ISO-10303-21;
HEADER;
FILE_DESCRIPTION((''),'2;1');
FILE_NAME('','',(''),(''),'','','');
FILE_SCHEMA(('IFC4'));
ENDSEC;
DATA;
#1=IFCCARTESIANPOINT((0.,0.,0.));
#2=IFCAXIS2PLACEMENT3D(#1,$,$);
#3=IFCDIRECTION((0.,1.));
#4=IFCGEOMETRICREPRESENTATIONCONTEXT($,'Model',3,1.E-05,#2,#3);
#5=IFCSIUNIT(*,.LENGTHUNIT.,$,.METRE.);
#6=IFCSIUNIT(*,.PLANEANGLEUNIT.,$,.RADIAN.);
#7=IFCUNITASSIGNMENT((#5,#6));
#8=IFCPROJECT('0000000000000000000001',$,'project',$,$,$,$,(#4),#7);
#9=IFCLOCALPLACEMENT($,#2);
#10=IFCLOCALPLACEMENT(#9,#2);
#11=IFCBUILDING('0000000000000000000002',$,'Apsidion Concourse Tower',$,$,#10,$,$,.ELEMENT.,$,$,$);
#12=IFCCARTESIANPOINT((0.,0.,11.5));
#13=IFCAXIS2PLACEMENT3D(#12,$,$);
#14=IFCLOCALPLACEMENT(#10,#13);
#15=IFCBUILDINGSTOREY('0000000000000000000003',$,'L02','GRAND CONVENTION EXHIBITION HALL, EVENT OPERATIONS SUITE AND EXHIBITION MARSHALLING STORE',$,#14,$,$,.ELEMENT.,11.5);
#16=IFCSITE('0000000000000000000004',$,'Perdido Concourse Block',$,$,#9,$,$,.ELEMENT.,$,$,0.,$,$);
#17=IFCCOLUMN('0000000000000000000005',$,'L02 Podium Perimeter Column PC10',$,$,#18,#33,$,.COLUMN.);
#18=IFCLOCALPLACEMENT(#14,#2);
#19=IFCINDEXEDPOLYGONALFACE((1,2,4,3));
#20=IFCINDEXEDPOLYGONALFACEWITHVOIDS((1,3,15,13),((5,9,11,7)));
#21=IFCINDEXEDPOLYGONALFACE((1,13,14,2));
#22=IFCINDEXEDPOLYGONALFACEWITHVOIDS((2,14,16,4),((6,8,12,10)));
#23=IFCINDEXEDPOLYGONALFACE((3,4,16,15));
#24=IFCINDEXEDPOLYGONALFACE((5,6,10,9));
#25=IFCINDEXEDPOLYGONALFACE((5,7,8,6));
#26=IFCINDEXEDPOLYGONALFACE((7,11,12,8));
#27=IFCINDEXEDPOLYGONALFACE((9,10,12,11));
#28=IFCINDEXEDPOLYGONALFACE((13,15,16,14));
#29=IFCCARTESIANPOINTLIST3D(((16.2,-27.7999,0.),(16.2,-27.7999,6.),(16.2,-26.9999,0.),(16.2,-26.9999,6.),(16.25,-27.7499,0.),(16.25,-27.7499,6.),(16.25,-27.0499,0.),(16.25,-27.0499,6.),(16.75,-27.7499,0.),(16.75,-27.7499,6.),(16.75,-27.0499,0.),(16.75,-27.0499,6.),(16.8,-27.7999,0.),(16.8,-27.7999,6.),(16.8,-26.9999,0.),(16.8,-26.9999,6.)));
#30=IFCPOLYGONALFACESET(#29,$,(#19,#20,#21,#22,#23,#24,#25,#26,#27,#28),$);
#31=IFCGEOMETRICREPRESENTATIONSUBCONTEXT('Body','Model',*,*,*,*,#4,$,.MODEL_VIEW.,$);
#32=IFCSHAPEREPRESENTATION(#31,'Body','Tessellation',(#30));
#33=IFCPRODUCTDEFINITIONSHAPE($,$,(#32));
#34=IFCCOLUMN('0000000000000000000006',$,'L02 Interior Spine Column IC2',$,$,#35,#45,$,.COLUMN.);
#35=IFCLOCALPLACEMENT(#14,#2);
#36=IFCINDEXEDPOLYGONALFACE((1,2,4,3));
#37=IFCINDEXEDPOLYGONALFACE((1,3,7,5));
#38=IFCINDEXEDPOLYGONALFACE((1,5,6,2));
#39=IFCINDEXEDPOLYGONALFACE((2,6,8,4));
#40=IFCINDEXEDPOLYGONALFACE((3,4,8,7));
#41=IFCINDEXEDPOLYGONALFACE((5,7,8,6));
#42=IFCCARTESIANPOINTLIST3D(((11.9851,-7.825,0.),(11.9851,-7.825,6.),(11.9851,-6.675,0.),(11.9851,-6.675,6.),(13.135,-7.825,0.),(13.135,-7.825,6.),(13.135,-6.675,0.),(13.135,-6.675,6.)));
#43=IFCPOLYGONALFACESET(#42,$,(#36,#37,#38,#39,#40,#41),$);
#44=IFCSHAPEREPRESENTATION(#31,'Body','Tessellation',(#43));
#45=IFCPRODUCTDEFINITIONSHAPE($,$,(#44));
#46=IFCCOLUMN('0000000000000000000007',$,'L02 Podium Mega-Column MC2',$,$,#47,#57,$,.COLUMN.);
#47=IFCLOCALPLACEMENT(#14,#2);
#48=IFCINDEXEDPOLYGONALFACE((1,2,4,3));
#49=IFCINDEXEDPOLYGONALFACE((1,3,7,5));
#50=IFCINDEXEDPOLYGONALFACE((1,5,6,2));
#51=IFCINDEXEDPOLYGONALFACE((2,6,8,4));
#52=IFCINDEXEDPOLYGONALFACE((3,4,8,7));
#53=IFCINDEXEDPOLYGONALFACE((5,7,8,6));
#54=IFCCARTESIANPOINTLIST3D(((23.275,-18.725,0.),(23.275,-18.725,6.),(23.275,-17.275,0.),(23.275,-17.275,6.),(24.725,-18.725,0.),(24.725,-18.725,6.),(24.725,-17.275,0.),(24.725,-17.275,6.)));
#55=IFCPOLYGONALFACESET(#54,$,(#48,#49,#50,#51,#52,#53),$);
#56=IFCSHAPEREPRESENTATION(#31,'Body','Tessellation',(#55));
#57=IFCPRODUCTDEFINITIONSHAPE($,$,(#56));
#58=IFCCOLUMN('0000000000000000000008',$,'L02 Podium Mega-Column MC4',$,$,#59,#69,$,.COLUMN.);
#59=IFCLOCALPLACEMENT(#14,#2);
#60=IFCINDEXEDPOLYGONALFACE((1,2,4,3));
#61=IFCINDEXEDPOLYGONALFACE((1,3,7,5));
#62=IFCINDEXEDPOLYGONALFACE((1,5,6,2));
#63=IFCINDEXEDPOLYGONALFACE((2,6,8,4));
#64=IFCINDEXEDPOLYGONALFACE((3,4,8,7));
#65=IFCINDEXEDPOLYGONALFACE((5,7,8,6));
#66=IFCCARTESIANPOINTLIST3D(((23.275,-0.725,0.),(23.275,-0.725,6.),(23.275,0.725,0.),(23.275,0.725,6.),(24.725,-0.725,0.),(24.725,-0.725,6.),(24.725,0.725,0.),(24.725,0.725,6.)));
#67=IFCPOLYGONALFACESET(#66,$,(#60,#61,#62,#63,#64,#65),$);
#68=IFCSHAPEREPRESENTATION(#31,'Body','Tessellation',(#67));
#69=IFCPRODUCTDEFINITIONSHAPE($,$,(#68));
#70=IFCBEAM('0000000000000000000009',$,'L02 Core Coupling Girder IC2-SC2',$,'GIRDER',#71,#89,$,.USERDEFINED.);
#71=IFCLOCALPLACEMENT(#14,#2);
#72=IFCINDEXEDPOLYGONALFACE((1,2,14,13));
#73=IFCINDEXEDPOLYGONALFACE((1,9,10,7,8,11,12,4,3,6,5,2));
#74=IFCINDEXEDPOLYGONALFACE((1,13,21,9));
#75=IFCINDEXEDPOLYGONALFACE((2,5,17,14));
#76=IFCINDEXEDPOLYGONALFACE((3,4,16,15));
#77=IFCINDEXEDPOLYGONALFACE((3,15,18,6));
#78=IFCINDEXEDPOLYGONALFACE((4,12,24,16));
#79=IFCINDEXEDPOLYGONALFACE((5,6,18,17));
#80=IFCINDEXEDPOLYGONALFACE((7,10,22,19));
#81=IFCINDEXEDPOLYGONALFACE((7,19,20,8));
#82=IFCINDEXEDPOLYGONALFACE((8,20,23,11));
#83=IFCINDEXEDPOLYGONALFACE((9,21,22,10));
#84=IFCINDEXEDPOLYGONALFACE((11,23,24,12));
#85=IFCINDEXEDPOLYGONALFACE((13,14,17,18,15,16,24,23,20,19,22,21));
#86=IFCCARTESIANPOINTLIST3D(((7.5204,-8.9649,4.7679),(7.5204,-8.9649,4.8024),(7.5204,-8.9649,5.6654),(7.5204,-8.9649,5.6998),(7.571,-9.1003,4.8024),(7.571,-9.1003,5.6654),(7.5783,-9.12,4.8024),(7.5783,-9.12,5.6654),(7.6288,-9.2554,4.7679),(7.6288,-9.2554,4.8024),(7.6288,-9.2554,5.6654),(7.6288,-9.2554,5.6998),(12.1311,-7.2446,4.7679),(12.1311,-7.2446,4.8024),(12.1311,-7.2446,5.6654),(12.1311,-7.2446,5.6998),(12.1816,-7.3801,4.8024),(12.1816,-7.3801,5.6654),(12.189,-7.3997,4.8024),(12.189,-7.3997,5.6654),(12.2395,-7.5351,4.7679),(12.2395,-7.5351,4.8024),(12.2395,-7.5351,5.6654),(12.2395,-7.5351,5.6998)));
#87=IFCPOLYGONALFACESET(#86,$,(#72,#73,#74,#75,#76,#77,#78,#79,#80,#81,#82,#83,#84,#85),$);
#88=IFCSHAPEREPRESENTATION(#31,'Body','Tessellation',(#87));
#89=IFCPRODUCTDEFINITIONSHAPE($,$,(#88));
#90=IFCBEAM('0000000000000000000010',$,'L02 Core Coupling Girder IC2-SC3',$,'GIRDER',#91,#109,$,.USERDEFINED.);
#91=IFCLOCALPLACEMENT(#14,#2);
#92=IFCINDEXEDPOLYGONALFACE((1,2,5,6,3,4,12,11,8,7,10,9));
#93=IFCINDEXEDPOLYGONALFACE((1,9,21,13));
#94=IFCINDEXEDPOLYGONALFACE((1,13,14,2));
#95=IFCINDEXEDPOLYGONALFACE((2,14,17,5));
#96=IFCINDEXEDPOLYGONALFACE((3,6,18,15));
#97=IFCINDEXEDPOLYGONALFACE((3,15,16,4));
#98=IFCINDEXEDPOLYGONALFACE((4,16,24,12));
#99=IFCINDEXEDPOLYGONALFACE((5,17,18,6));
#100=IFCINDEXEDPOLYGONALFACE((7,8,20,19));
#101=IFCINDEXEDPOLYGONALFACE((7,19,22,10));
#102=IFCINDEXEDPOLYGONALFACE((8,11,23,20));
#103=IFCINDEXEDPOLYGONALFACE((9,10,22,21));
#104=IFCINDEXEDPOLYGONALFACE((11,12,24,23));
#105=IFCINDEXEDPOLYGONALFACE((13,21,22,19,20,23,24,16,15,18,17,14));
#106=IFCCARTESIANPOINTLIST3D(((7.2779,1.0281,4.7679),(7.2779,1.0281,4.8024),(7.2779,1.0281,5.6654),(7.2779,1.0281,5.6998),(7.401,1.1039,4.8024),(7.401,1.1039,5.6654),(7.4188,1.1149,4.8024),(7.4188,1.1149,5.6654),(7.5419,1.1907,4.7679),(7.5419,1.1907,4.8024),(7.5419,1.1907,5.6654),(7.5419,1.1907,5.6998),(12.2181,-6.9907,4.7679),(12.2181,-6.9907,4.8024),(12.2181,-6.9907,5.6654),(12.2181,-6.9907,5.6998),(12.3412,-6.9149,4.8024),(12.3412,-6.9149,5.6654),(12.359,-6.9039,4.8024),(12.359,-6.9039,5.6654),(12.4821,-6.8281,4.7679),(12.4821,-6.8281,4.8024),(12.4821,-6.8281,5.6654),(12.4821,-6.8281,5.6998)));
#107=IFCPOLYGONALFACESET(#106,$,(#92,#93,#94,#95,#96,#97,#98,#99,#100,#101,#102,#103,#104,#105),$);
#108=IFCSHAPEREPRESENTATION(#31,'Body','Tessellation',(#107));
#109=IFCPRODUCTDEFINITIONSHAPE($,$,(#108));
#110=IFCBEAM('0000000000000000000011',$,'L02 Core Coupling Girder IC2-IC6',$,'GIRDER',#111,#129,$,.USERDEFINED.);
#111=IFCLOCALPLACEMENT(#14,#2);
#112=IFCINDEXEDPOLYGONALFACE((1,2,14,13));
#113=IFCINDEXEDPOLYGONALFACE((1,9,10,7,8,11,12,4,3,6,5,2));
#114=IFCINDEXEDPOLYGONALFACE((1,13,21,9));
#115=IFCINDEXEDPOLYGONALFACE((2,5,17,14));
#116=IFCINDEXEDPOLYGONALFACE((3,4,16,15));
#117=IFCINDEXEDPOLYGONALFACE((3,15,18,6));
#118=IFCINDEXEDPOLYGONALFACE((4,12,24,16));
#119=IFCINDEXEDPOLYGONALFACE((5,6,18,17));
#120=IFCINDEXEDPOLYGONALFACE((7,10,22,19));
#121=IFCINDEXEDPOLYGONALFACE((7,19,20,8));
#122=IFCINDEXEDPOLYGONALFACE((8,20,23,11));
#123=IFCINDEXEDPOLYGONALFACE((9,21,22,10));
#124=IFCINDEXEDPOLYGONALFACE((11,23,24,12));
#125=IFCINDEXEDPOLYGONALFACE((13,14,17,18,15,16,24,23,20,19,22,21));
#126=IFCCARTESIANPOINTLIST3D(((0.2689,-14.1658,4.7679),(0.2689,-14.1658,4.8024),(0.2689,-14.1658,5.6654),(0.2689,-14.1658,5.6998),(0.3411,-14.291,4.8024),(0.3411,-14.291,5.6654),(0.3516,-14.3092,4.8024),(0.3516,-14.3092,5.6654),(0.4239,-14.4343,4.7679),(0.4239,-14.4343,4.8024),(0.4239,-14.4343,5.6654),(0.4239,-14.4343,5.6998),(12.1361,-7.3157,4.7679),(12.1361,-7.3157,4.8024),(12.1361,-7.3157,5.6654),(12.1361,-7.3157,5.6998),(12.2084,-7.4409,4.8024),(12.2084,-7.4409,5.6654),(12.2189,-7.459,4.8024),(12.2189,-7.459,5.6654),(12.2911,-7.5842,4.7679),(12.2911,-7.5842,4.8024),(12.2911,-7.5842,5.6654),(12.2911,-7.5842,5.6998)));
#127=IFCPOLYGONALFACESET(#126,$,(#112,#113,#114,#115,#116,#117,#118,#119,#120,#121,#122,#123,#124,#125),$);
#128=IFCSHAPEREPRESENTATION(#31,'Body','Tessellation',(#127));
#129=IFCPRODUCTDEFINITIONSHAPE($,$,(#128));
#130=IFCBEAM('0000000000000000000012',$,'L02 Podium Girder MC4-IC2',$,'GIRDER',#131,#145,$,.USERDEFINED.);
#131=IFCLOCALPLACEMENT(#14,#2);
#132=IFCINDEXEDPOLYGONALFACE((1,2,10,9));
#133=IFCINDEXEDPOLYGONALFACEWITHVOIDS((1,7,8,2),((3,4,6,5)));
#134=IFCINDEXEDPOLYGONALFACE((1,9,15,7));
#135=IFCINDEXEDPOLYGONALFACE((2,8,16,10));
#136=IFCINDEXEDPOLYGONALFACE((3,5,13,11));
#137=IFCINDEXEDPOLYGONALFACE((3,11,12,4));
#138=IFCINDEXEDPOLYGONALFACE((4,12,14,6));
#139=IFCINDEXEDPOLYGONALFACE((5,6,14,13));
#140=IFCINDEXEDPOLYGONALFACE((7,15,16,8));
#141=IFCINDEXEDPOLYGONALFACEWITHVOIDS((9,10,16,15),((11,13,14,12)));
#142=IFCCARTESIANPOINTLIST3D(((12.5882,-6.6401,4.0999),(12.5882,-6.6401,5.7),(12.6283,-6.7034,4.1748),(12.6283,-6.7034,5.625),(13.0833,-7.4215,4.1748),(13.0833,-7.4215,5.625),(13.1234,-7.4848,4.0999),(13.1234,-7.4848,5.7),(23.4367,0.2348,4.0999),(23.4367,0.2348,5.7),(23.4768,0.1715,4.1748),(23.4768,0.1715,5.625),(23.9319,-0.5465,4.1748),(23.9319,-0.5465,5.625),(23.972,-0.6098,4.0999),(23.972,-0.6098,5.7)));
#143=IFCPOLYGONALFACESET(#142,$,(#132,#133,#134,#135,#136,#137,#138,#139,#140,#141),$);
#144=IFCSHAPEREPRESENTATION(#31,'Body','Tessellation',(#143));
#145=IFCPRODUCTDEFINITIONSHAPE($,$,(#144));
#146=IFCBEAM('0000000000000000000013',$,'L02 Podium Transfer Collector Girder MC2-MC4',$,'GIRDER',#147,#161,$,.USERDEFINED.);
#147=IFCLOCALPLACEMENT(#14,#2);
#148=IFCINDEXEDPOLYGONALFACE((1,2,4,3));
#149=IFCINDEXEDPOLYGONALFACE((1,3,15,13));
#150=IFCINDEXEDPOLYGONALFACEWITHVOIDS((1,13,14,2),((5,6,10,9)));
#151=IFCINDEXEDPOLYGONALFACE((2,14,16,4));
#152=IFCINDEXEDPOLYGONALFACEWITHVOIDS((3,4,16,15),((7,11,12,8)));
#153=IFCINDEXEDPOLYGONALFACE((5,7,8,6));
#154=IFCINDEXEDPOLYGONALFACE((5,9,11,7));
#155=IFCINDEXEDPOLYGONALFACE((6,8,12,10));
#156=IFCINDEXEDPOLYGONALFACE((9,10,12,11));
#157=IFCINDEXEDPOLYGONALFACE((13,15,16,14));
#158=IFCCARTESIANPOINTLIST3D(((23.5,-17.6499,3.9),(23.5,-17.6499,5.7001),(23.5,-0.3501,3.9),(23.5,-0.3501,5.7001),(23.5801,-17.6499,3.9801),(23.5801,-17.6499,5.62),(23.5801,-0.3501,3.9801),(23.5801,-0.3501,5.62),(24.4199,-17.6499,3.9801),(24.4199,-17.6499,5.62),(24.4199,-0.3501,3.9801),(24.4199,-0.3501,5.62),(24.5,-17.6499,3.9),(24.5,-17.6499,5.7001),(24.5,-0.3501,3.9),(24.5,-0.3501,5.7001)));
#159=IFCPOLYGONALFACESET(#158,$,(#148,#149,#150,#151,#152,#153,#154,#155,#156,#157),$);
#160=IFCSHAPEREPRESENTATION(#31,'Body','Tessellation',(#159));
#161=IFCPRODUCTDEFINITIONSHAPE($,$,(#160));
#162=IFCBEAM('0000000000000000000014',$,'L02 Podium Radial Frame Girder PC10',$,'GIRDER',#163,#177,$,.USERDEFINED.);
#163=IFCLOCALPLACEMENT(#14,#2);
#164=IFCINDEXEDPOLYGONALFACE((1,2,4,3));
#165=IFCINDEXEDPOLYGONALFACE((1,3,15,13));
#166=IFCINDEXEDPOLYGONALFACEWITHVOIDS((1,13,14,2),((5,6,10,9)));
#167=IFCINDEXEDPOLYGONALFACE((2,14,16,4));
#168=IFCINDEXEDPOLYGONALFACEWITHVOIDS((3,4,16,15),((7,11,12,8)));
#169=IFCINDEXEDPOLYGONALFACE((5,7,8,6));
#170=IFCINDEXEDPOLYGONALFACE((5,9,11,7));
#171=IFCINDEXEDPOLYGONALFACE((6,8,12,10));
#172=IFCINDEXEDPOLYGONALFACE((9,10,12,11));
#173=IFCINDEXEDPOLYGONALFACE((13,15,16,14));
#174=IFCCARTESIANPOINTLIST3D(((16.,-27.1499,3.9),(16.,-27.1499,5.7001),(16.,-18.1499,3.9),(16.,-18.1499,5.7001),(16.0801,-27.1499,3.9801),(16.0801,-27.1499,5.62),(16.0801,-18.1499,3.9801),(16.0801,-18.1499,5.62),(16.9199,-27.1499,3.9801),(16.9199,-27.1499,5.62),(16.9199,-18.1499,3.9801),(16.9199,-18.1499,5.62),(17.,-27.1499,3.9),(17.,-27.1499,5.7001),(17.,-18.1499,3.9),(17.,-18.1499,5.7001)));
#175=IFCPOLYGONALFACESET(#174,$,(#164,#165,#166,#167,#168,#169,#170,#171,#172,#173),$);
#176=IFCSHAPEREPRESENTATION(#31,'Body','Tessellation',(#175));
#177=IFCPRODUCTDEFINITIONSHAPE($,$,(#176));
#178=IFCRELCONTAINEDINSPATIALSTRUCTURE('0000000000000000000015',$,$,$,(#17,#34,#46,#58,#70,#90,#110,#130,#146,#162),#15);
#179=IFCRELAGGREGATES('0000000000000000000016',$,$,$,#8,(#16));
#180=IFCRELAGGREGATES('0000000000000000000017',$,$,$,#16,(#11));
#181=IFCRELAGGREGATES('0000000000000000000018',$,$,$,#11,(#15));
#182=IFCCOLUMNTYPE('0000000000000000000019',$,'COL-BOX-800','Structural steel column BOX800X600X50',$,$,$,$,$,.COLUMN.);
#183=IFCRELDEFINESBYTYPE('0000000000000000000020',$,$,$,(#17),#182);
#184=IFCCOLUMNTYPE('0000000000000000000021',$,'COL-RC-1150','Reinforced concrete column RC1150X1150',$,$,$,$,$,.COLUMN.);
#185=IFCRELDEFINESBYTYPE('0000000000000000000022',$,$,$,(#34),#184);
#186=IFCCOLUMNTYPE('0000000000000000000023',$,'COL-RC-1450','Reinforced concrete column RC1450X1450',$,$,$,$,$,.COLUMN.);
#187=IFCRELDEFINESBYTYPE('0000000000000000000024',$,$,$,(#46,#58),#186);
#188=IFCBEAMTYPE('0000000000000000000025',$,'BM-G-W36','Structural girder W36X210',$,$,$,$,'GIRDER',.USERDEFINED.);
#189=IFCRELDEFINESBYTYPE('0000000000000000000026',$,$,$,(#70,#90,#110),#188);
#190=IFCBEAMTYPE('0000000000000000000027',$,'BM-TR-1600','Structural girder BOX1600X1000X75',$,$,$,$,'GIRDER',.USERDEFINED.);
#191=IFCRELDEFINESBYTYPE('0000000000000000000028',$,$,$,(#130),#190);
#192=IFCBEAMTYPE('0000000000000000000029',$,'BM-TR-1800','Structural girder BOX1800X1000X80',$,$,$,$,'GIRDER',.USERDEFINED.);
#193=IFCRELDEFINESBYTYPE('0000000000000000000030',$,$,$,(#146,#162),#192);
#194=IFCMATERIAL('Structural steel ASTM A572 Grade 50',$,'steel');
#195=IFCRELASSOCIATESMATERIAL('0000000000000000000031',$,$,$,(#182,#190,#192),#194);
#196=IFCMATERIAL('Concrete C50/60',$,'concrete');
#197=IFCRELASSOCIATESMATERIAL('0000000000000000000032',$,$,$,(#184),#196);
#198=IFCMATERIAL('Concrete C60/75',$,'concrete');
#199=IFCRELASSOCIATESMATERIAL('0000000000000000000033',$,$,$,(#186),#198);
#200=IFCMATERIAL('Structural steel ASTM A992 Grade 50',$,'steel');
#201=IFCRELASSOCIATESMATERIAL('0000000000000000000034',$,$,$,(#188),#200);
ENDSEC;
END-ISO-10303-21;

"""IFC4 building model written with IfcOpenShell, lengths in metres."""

from ifc_helpers import new_model, si_unit, direction, frame, origin, origin_2d, place, context, subcontext, project, spatial, rectangle, hollow_rectangle, i_section, extrude, material, material_profile, profile_set, type_object, element, save


model = new_model("IFC4")

# Units and contexts
model_context = context("Model", 3, precision=1e-05, world=origin(), true_north=direction((0.0, 1.0)))
body_context = subcontext(model_context, "Body", "Model", "MODEL_VIEW")
ifc_project = project(units=[si_unit("LENGTHUNIT", "METRE"), si_unit("PLANEANGLEUNIT", "RADIAN")], contexts=[model_context])

# Site, building, storey
site_placement = place(None, origin())
site = spatial("IfcSite", under=ifc_project, at=site_placement, Name="Perdido Concourse Block", CompositionType="ELEMENT", RefElevation=0.0)
building_placement = place(site_placement, origin())
building = spatial("IfcBuilding", under=site, at=building_placement, Name="Apsidion Concourse Tower", CompositionType="ELEMENT")
storey_placement = place(building_placement, frame((0.0, 0.0, 11.5)))
storey = spatial("IfcBuildingStorey", under=building, at=storey_placement, Name="L02", Description="GRAND CONVENTION EXHIBITION HALL, EVENT OPERATIONS SUITE AND EXHIBITION MARSHALLING STORE", CompositionType="ELEMENT", Elevation=11.5)

# Columns
ifc_material_1 = material(Name="Structural steel ASTM A572 Grade 50", Category="steel")
ifc_material_profile_1 = material_profile(ifc_material_1, hollow_rectangle(XDim=0.6001, YDim=0.8, WallThickness=0.05, at=origin_2d()), Name="BOX800X600X50")
ifc_profile_set_1 = profile_set([ifc_material_profile_1], Name="Structural steel ASTM A572 Grade 50")
column_type_1 = type_object("IfcColumnType", Name="COL-BOX-800", Description="Structural steel column BOX800X600X50", PredefinedType="COLUMN", material=ifc_profile_set_1)
column_1_placement = place(storey_placement, frame((16.5, -27.3999, 0.0), z_axis=(0.0, 0.0, 1.0), x_axis=(1.0, 0.0, 0.0)))
element("IfcColumn", 1, at=column_1_placement, inside=storey, type_object=column_type_1, Name="L02 Podium Perimeter Column PC10", PredefinedType="COLUMN", context=body_context, shape_type="SweptSolid", body=[
    extrude(hollow_rectangle(XDim=0.6001, YDim=0.8, WallThickness=0.05, at=origin_2d()), origin(), (0.0, 0.0, 1.0), 6.0),
])
ifc_material_2 = material(Name="Concrete C50/60", Category="concrete")
ifc_material_profile_2 = material_profile(ifc_material_2, rectangle(XDim=1.1499, YDim=1.1499, at=origin_2d()), Name="RC 1150x1150")
ifc_profile_set_2 = profile_set([ifc_material_profile_2], Name="Concrete C50/60")
column_type_2 = type_object("IfcColumnType", Name="COL-RC-1150", Description="Reinforced concrete column RC1150X1150", PredefinedType="COLUMN", material=ifc_profile_set_2)
column_2_placement = place(storey_placement, frame((12.5601, -7.25, 0.0), z_axis=(0.0, 0.0, 1.0), x_axis=(1.0, 0.0, 0.0)))
element("IfcColumn", 2, at=column_2_placement, inside=storey, type_object=column_type_2, Name="L02 Interior Spine Column IC2", PredefinedType="COLUMN", context=body_context, shape_type="SweptSolid", body=[
    extrude(rectangle(XDim=1.1499, YDim=1.1499, at=origin_2d()), origin(), (0.0, 0.0, 1.0), 6.0),
])
ifc_material_3 = material(Name="Concrete C60/75", Category="concrete")
ifc_material_profile_3 = material_profile(ifc_material_3, rectangle(XDim=1.45, YDim=1.45, at=origin_2d()), Name="RC 1450x1450")
ifc_profile_set_3 = profile_set([ifc_material_profile_3], Name="Concrete C60/75")
column_type_3 = type_object("IfcColumnType", Name="COL-RC-1450", Description="Reinforced concrete column RC1450X1450", PredefinedType="COLUMN", material=ifc_profile_set_3)
for number, where, z_axis, x_axis, name in (
    (3, (24.0, -18.0, 0.0), (0.0, 0.0, 1.0), (1.0, 0.0, 0.0), "L02 Podium Mega-Column MC2"),
    (4, (24.0, 0.0, 0.0), (0.0, 0.0, 1.0), (1.0, 0.0, 0.0), "L02 Podium Mega-Column MC4"),
):
    element("IfcColumn", number, at=place(storey_placement, frame(where, z_axis=z_axis, x_axis=x_axis)), inside=storey, type_object=column_type_3, Name=name, PredefinedType="COLUMN", context=body_context, shape_type="SweptSolid", body=[
        extrude(rectangle(XDim=1.45, YDim=1.45, at=origin_2d()), origin(), (0.0, 0.0, 1.0), 6.0),
    ])

# Beams
ifc_material_4 = material(Name="Structural steel ASTM A992 Grade 50", Category="steel")
ifc_material_profile_4 = material_profile(ifc_material_4, i_section(OverallWidth=0.3101, OverallDepth=0.9319, WebThickness=0.021, FlangeThickness=0.0344, at=origin_2d()), Name="W36X210")
ifc_profile_set_4 = profile_set([ifc_material_profile_4], Name="Structural steel ASTM A992 Grade 50")
beam_type_1 = type_object("IfcBeamType", Name="BM-G-W36", Description="Structural girder W36X210", ElementType="GIRDER", PredefinedType="USERDEFINED", material=ifc_profile_set_4)
beam_1_placement = place(storey_placement, frame((12.1853, -7.3899, 5.2339), z_axis=(-0.936913, -0.349563, 0.0), x_axis=(0.349563, -0.936913, 0.0)))
element("IfcBeam", 5, at=beam_1_placement, inside=storey, type_object=beam_type_1, Name="L02 Core Coupling Girder IC2-SC2", ObjectType="GIRDER", PredefinedType="USERDEFINED", context=body_context, shape_type="SweptSolid", body=[
    extrude(i_section(OverallWidth=0.3101, OverallDepth=0.9319, WebThickness=0.021, FlangeThickness=0.0344, at=origin_2d()), origin(), (0.0, 0.0, 1.0), 4.9211),
])
beam_2_placement = place(storey_placement, frame((12.3501, -6.9094, 5.2339), z_axis=(-0.524524, 0.851396, 0.0), x_axis=(-0.851396, -0.524524, 0.0)))
element("IfcBeam", 6, at=beam_2_placement, inside=storey, type_object=beam_type_1, Name="L02 Core Coupling Girder IC2-SC3", ObjectType="GIRDER", PredefinedType="USERDEFINED", context=body_context, shape_type="SweptSolid", body=[
    extrude(i_section(OverallWidth=0.3101, OverallDepth=0.9319, WebThickness=0.021, FlangeThickness=0.0344, at=origin_2d()), origin(), (0.0, 0.0, 1.0), 9.4185),
])
beam_3_placement = place(storey_placement, frame((12.2136, -7.45, 5.2339), z_axis=(-0.86607, -0.499922, 0.0), x_axis=(0.499922, -0.86607, 0.0)))
element("IfcBeam", 7, at=beam_3_placement, inside=storey, type_object=beam_type_1, Name="L02 Core Coupling Girder IC2-IC6", ObjectType="GIRDER", PredefinedType="USERDEFINED", context=body_context, shape_type="SweptSolid", body=[
    extrude(i_section(OverallWidth=0.3101, OverallDepth=0.9319, WebThickness=0.021, FlangeThickness=0.0344, at=origin_2d()), origin(), (0.0, 0.0, 1.0), 13.7024),
])
ifc_material_profile_5 = material_profile(ifc_material_1, hollow_rectangle(XDim=1.0, YDim=1.6001, WallThickness=0.075, at=origin_2d()), Name="BOX1600X1000X75")
ifc_profile_set_5 = profile_set([ifc_material_profile_5], Name="Structural steel ASTM A572 Grade 50")
beam_type_2 = type_object("IfcBeamType", Name="BM-TR-1600", Description="Structural girder BOX1600X1000X75", ElementType="GIRDER", PredefinedType="USERDEFINED", material=ifc_profile_set_5)
beam_4_placement = place(storey_placement, frame((23.7043, -0.1875, 4.8999), z_axis=(-0.844671, -0.535285, 0.0), x_axis=(0.535285, -0.844671, 0.0)))
element("IfcBeam", 8, at=beam_4_placement, inside=storey, type_object=beam_type_2, Name="L02 Podium Girder MC4-IC2", ObjectType="GIRDER", PredefinedType="USERDEFINED", context=body_context, shape_type="SweptSolid", body=[
    extrude(hollow_rectangle(XDim=1.0, YDim=1.6001, WallThickness=0.075, at=origin_2d()), origin(), (0.0, 0.0, 1.0), 12.8435),
])
ifc_material_profile_6 = material_profile(ifc_material_1, hollow_rectangle(XDim=1.0, YDim=1.8, WallThickness=0.0801, at=origin_2d()), Name="BOX1800X1000X80")
ifc_profile_set_6 = profile_set([ifc_material_profile_6], Name="Structural steel ASTM A572 Grade 50")
beam_type_3 = type_object("IfcBeamType", Name="BM-TR-1800", Description="Structural girder BOX1800X1000X80", ElementType="GIRDER", PredefinedType="USERDEFINED", material=ifc_profile_set_6)
beam_5_placement = place(storey_placement, frame((24.0, -17.6499, 4.8), z_axis=(0.0, 1.0, 0.0), x_axis=(-1.0, 0.0, 0.0)))
element("IfcBeam", 9, at=beam_5_placement, inside=storey, type_object=beam_type_3, Name="L02 Podium Transfer Collector Girder MC2-MC4", ObjectType="GIRDER", PredefinedType="USERDEFINED", context=body_context, shape_type="SweptSolid", body=[
    extrude(hollow_rectangle(XDim=1.0, YDim=1.8, WallThickness=0.0801, at=origin_2d()), origin(), (0.0, 0.0, 1.0), 17.2998),
])
beam_6_placement = place(storey_placement, frame((16.5, -27.1499, 4.8), z_axis=(0.0, 1.0, 0.0), x_axis=(-1.0, 0.0, 0.0)))
element("IfcBeam", 10, at=beam_6_placement, inside=storey, type_object=beam_type_3, Name="L02 Podium Radial Frame Girder PC10", ObjectType="GIRDER", PredefinedType="USERDEFINED", context=body_context, shape_type="SweptSolid", body=[
    extrude(hollow_rectangle(XDim=1.0, YDim=1.8, WallThickness=0.0801, at=origin_2d()), origin(), (0.0, 0.0, 1.0), 9.0),
])

save(model, "model.ifc")
